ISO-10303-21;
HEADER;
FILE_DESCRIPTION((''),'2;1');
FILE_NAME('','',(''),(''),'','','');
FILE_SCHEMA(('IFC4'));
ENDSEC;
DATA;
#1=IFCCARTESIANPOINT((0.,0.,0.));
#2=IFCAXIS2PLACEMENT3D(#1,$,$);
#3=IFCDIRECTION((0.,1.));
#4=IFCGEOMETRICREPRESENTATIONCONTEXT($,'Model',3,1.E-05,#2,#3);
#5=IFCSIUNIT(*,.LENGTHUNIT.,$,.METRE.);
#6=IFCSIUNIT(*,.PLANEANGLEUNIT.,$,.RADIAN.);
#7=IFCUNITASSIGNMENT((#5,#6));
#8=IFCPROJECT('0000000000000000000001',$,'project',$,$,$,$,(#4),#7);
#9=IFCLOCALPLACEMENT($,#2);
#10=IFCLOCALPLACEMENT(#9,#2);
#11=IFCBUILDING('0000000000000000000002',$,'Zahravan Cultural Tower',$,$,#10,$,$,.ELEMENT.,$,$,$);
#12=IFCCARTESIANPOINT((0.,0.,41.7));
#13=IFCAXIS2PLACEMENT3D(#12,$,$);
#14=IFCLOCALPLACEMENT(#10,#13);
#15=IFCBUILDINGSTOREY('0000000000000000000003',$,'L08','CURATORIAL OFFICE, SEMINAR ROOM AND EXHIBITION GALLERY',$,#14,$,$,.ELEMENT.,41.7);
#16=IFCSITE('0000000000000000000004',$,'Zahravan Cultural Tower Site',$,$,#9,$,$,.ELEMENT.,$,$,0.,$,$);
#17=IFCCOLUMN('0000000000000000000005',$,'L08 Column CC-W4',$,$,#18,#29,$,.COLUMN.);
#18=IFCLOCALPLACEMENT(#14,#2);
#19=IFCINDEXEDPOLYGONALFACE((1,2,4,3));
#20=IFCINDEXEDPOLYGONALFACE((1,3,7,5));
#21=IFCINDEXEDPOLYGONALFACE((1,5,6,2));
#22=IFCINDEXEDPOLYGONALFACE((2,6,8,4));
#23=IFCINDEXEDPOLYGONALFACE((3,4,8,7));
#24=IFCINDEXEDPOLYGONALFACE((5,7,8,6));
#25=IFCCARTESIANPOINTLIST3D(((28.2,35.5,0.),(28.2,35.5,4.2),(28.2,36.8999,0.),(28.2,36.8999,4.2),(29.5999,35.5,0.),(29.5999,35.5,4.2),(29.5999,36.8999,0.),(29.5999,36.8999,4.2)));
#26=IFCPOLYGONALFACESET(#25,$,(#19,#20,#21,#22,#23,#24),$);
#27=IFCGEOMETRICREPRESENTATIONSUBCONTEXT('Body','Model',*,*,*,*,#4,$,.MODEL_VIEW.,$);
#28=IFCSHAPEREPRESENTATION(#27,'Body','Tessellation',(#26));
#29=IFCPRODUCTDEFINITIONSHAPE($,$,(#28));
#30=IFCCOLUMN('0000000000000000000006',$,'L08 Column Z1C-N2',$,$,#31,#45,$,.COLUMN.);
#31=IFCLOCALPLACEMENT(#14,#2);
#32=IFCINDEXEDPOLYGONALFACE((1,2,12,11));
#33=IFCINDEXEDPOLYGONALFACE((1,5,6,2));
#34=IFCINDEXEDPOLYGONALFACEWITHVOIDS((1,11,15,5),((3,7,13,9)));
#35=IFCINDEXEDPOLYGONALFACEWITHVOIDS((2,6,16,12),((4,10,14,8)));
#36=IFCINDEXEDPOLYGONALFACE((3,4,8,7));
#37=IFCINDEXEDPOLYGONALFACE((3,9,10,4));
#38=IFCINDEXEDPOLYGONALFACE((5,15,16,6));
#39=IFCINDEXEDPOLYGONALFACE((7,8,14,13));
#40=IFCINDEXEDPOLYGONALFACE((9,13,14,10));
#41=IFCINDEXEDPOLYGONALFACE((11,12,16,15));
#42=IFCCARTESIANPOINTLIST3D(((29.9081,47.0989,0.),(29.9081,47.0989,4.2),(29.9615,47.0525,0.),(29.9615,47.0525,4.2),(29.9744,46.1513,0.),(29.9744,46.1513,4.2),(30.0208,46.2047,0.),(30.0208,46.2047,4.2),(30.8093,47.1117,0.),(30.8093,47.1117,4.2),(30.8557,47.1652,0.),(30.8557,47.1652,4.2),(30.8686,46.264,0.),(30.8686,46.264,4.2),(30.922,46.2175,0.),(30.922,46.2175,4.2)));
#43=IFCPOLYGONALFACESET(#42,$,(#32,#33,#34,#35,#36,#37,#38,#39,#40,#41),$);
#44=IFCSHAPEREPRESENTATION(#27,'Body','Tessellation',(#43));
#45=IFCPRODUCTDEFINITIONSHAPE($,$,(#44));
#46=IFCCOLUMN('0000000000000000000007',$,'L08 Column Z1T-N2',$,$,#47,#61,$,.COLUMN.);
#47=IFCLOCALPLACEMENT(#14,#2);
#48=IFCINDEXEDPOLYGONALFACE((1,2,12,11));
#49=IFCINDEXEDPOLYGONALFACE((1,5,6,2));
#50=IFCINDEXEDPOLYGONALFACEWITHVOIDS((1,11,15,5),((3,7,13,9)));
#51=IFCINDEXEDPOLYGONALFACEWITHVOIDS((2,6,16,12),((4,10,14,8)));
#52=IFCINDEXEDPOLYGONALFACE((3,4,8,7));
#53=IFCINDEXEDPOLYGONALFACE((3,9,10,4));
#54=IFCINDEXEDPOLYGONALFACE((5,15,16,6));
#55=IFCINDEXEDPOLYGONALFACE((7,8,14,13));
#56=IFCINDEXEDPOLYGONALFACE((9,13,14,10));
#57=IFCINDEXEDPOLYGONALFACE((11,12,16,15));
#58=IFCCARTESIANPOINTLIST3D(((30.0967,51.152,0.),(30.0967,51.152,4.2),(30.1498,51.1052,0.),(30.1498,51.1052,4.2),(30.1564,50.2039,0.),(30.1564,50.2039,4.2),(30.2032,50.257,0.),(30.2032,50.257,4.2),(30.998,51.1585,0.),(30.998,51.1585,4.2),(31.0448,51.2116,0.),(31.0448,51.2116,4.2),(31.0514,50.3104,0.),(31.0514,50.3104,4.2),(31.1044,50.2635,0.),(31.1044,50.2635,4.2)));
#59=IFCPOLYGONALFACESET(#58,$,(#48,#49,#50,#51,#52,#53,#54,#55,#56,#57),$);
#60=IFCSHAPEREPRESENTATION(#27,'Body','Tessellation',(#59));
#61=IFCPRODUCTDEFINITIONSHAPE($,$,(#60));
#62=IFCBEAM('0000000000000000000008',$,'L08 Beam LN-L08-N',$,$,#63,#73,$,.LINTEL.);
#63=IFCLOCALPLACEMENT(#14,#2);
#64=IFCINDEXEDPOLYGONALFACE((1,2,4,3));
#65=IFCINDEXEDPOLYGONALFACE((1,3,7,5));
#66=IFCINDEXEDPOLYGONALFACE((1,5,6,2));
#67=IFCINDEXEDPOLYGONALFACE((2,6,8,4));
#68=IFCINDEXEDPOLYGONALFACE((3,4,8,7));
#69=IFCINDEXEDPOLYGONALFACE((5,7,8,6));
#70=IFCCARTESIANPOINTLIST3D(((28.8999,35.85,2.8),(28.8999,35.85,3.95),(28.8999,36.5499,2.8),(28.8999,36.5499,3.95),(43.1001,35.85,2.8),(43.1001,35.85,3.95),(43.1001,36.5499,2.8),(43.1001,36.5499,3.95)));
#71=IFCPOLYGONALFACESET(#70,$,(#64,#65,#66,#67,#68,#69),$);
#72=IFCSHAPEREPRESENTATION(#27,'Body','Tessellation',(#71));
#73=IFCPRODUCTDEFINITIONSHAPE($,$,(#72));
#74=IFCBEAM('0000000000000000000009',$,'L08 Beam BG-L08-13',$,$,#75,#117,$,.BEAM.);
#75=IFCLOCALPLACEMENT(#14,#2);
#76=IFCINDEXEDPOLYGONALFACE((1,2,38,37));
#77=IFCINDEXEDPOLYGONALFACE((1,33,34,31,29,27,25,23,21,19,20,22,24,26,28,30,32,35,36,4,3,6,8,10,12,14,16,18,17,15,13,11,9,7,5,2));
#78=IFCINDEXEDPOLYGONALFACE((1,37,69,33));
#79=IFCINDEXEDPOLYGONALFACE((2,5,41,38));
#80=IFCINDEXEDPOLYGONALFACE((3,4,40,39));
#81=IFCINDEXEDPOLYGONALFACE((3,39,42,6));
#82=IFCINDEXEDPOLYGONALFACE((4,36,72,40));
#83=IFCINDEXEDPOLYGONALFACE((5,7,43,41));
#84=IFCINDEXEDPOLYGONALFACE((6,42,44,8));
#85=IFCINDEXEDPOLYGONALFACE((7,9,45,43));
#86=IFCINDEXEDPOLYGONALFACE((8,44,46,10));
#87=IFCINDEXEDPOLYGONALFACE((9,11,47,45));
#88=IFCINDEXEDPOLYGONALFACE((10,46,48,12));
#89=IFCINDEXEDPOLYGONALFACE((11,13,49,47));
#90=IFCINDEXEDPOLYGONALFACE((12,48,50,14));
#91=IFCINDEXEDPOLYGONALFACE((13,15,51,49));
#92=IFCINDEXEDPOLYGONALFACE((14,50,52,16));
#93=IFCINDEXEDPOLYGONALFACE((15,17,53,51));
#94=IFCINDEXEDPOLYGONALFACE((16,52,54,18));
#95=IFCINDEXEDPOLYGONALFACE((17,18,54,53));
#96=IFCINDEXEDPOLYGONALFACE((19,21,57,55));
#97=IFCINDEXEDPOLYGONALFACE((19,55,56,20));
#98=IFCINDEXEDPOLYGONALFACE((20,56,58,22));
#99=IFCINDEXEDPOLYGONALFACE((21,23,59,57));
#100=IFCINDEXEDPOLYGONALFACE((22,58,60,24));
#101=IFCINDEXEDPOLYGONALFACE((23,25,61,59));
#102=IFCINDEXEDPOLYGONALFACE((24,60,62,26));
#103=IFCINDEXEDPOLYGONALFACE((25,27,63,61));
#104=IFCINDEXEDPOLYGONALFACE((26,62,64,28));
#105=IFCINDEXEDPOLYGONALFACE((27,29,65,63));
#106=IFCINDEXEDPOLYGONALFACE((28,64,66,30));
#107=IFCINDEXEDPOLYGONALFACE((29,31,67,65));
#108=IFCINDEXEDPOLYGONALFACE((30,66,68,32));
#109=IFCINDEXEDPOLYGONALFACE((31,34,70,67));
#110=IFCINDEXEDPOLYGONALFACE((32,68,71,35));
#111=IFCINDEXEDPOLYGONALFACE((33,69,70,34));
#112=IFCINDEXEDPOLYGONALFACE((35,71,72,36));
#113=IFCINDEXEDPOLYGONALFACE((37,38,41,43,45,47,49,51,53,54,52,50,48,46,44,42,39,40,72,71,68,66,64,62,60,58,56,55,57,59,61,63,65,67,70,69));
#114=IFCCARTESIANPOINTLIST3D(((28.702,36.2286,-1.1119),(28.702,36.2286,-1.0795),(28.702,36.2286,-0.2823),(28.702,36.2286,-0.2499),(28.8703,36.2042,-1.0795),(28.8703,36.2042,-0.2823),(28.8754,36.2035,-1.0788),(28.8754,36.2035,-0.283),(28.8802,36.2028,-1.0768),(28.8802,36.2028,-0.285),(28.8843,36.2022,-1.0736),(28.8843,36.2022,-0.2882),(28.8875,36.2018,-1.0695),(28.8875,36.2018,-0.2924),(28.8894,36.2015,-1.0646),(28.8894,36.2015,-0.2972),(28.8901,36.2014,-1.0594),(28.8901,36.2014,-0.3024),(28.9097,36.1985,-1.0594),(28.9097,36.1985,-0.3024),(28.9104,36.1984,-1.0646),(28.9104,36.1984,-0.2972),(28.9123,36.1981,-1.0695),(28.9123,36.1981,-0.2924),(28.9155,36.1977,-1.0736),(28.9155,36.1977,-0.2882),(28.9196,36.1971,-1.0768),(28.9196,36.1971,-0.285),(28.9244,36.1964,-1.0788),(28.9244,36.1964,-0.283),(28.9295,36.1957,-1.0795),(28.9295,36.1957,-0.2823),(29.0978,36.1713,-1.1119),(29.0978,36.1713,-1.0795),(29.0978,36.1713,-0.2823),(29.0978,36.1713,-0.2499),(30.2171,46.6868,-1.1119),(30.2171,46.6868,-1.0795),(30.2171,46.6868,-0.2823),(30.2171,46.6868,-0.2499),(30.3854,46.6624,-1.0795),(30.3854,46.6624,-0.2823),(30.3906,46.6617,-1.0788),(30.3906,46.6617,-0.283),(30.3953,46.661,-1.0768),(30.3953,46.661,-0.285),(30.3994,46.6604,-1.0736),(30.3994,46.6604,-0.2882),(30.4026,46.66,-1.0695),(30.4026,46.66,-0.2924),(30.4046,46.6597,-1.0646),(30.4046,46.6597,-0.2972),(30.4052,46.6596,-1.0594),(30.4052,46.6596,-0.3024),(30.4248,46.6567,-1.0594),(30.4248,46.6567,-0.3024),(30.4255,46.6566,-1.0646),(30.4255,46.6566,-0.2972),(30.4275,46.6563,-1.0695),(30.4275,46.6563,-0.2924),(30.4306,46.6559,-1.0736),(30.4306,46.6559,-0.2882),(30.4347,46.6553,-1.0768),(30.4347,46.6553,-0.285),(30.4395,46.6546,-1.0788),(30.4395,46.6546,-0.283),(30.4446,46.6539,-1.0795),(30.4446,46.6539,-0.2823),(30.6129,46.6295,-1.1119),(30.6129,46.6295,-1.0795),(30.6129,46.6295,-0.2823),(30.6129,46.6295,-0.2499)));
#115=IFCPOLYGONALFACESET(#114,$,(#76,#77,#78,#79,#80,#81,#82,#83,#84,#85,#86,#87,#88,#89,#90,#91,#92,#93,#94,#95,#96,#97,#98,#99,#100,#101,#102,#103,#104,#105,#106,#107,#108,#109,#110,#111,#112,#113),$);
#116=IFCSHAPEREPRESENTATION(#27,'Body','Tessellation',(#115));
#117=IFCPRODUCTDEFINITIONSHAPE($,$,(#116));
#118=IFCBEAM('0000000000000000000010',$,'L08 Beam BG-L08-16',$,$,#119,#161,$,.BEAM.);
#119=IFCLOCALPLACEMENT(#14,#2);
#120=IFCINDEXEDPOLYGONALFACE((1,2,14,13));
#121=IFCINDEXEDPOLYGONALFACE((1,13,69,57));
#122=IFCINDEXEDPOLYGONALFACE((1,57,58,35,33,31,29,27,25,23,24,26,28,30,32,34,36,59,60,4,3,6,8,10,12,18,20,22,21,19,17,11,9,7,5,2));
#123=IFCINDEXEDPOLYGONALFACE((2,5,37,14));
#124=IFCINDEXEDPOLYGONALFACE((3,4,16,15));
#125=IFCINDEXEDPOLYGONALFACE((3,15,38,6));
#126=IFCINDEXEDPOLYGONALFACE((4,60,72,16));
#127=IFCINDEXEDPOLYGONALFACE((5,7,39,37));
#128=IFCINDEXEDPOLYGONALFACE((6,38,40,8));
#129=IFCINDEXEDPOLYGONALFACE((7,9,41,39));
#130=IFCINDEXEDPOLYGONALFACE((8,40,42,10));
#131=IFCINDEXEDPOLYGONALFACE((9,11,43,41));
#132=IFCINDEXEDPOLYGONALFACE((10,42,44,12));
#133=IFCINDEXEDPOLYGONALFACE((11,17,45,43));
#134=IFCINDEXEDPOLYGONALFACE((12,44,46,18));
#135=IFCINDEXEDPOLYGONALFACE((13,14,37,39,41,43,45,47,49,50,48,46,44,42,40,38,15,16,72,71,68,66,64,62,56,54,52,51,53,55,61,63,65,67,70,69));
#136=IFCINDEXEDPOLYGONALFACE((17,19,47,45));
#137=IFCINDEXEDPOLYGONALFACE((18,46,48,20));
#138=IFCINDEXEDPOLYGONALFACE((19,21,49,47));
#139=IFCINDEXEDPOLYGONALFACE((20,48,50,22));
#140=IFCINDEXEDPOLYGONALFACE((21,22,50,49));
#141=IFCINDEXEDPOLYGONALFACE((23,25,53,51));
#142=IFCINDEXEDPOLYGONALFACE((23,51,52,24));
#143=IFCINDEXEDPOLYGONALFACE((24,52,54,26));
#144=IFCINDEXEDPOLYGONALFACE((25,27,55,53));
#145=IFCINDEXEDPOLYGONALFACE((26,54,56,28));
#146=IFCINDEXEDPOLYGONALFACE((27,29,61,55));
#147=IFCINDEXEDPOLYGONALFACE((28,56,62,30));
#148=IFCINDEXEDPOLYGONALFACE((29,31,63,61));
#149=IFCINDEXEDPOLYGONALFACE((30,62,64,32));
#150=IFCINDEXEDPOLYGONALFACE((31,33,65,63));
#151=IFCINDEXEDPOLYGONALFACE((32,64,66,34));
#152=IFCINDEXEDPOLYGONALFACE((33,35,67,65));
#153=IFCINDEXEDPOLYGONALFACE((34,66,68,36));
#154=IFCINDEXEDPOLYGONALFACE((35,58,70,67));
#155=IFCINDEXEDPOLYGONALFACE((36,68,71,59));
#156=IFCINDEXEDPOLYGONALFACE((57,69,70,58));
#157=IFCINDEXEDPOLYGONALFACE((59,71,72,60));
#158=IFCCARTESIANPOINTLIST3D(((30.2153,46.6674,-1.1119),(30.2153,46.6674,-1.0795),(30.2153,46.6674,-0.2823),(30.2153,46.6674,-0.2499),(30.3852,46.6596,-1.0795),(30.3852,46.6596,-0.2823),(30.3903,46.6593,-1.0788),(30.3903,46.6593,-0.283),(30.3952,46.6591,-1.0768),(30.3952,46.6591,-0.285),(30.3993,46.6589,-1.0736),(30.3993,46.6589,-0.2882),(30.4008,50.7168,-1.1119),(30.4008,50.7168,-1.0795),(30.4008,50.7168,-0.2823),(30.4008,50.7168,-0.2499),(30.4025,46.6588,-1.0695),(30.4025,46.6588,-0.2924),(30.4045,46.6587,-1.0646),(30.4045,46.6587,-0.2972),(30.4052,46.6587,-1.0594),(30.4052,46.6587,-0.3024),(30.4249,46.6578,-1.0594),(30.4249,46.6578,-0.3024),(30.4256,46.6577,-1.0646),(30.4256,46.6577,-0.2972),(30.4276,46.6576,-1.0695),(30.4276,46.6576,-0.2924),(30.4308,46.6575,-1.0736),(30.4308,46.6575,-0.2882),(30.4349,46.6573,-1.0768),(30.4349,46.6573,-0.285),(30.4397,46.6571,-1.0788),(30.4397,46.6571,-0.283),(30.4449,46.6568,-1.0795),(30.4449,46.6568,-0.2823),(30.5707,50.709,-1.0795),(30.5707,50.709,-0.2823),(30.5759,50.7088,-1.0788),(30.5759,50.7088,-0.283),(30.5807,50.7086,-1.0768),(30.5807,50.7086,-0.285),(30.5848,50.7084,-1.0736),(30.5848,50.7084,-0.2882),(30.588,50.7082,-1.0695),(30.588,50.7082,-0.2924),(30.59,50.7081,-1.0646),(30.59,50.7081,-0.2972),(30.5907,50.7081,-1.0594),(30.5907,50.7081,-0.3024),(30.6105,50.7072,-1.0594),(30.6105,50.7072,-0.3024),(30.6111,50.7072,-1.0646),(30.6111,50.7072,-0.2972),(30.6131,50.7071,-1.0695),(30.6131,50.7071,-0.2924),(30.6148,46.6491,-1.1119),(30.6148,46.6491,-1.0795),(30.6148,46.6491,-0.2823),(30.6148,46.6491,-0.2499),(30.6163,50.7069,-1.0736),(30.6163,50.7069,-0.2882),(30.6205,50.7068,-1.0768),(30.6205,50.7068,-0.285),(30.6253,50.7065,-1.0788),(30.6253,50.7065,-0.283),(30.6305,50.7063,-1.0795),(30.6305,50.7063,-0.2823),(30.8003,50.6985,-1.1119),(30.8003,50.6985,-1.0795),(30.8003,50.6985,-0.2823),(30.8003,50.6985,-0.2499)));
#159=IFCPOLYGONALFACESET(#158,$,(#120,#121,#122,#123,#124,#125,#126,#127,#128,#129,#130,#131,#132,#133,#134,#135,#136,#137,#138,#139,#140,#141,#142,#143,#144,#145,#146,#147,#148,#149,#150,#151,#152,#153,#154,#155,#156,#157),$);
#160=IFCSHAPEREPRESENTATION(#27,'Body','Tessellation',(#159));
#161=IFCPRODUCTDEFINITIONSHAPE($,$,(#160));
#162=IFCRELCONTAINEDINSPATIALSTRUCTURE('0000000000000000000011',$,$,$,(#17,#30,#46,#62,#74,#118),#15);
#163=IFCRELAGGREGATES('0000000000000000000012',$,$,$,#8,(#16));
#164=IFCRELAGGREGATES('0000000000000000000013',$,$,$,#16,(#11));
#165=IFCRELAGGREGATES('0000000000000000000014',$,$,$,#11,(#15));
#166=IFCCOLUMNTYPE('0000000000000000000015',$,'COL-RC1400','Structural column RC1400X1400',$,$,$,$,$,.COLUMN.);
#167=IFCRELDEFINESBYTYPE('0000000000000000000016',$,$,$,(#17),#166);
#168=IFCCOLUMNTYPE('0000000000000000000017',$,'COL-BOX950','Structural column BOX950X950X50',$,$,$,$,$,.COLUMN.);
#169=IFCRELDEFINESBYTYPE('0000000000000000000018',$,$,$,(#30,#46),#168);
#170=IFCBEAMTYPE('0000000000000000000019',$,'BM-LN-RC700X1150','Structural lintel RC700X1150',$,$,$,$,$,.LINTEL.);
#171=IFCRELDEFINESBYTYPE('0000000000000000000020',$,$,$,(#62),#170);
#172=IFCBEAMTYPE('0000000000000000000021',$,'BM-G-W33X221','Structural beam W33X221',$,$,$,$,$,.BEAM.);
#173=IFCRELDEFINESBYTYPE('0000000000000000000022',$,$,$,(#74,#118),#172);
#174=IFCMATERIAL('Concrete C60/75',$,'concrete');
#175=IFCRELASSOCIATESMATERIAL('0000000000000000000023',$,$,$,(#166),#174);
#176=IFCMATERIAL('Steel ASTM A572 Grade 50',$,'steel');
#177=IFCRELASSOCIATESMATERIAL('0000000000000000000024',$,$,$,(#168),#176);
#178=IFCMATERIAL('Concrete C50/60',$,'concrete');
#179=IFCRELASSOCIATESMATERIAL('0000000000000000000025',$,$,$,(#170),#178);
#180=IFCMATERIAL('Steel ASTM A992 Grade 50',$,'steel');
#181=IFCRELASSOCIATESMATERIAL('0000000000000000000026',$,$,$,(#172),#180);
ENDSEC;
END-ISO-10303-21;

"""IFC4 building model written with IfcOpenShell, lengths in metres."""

from ifc_helpers import new_model, si_unit, direction, frame, origin, origin_2d, place, context, subcontext, project, spatial, rectangle, hollow_rectangle, i_section, extrude, source, transform, mapped, material, material_profile, profile_set, type_object, element, save


model = new_model("IFC4")

# Units and contexts
model_context = context("Model", 3, precision=1e-05, world=origin(), true_north=direction((0.0, 1.0)))
body_context = subcontext(model_context, "Body", "Model", "MODEL_VIEW")
ifc_project = project(units=[si_unit("LENGTHUNIT", "METRE"), si_unit("PLANEANGLEUNIT", "RADIAN")], contexts=[model_context])

# Site, building, storey
site_placement = place(None, origin())
site = spatial("IfcSite", under=ifc_project, at=site_placement, Name="Zahravan Cultural Tower Site", CompositionType="ELEMENT", RefElevation=0.0)
building_placement = place(site_placement, origin())
building = spatial("IfcBuilding", under=site, at=building_placement, Name="Zahravan Cultural Tower", CompositionType="ELEMENT")
storey_placement = place(building_placement, frame((0.0, 0.0, 41.7)))
storey = spatial("IfcBuildingStorey", under=building, at=storey_placement, Name="L08", Description="CURATORIAL OFFICE, SEMINAR ROOM AND EXHIBITION GALLERY", CompositionType="ELEMENT", Elevation=41.7)

# Columns
ifc_material_1 = material(Name="Concrete C60/75", Category="concrete")
ifc_material_profile_1 = material_profile(ifc_material_1, rectangle(XDim=1.3999, YDim=1.3999, at=origin_2d()), Name="RC1400X1400")
ifc_profile_set_1 = profile_set([ifc_material_profile_1], Name="Concrete C60/75")
column_type_1 = type_object("IfcColumnType", Name="COL-RC1400", Description="Structural column RC1400X1400", PredefinedType="COLUMN", material=ifc_profile_set_1)
shared_shape_1 = source(origin(), body_context, "Body", "SweptSolid", [
    extrude(rectangle(XDim=1.3999, YDim=1.3999, at=origin_2d()), origin(), (0.0, 0.0, 1.0), 4.2),
])
column_placement = place(storey_placement, frame((28.8999, 36.2, 0.0), z_axis=(0.0, 0.0, 1.0), x_axis=(1.0, 0.0, 0.0)))
element("IfcColumn", 1, at=column_placement, inside=storey, type_object=column_type_1, Name="L08 Column CC-W4", PredefinedType="COLUMN", context=body_context, shape_type="MappedRepresentation", body=[
    mapped(shared_shape_1, transform((0.0, 0.0, 0.0), x_axis=(1.0, 0.0, 0.0), y_axis=(0.0, 1.0, 0.0), z_axis=(0.0, 0.0, 1.0), scale=1.0)),
])
ifc_material_2 = material(Name="Steel ASTM A572 Grade 50", Category="steel")
ifc_material_profile_2 = material_profile(ifc_material_2, hollow_rectangle(XDim=0.95, YDim=0.95, WallThickness=0.05, at=origin_2d()), Name="BOX950X950X50")
ifc_profile_set_2 = profile_set([ifc_material_profile_2], Name="Steel ASTM A572 Grade 50")
column_type_2 = type_object("IfcColumnType", Name="COL-BOX950", Description="Structural column BOX950X950X50", PredefinedType="COLUMN", material=ifc_profile_set_2)
shared_shape_2 = source(origin(), body_context, "Body", "SweptSolid", [
    extrude(hollow_rectangle(XDim=0.95, YDim=0.95, WallThickness=0.05, at=origin_2d()), origin(), (0.0, 0.0, 1.0), 4.2),
])
for number, where, z_axis, x_axis, name in (
    (2, (30.415, 46.6582, 0.0), (0.0, 0.0, 1.0), (-0.069756, 0.997564, 0.0), "L08 Column Z1C-N2"),
    (3, (30.6006, 50.7078, 0.0), (0.0, 0.0, 1.0), (-0.062791, 0.998027, 0.0), "L08 Column Z1T-N2"),
):
    element("IfcColumn", number, at=place(storey_placement, frame(where, z_axis=z_axis, x_axis=x_axis)), inside=storey, type_object=column_type_2, Name=name, PredefinedType="COLUMN", context=body_context, shape_type="MappedRepresentation", body=[
        mapped(shared_shape_2, transform((0.0, 0.0, 0.0), x_axis=(1.0, 0.0, 0.0), y_axis=(0.0, 1.0, 0.0), z_axis=(0.0, 0.0, 1.0), scale=1.0)),
    ])

# Beams
ifc_material_3 = material(Name="Concrete C50/60", Category="concrete")
ifc_material_profile_3 = material_profile(ifc_material_3, rectangle(XDim=0.7, YDim=1.1499, at=origin_2d()), Name="RC700X1150")
ifc_profile_set_3 = profile_set([ifc_material_profile_3], Name="Concrete C50/60")
beam_type_1 = type_object("IfcBeamType", Name="BM-LN-RC700X1150", Description="Structural lintel RC700X1150", PredefinedType="LINTEL", material=ifc_profile_set_3)
shared_shape_3 = source(origin(), body_context, "Body", "SweptSolid", [
    extrude(rectangle(XDim=0.7, YDim=1.1499, at=origin_2d()), origin(), (0.0, 0.0, 1.0), 14.2002),
])
beam_1_placement = place(storey_placement, frame((28.8999, 36.2, 3.375), z_axis=(1.0, 0.0, 0.0), x_axis=(0.0, 1.0, 0.0)))
element("IfcBeam", 4, at=beam_1_placement, inside=storey, type_object=beam_type_1, Name="L08 Beam LN-L08-N", PredefinedType="LINTEL", context=body_context, shape_type="MappedRepresentation", body=[
    mapped(shared_shape_3, transform((0.0, 0.0, 0.0), x_axis=(1.0, 0.0, 0.0), y_axis=(0.0, 1.0, 0.0), z_axis=(0.0, 0.0, 1.0), scale=1.0)),
])
ifc_material_4 = material(Name="Steel ASTM A992 Grade 50", Category="steel")
ifc_material_profile_4 = material_profile(ifc_material_4, i_section(OverallWidth=0.3999, OverallDepth=0.8621, WebThickness=0.0198, FlangeThickness=0.0325, FilletRadius=0.02, at=origin_2d()), Name="W33X221")
ifc_profile_set_4 = profile_set([ifc_material_profile_4], Name="Steel ASTM A992 Grade 50")
beam_type_2 = type_object("IfcBeamType", Name="BM-G-W33X221", Description="Structural beam W33X221", PredefinedType="BEAM", material=ifc_profile_set_4)
shared_shape_4 = source(origin(), body_context, "Body", "SweptSolid", [
    extrude(i_section(OverallWidth=0.3999, OverallDepth=0.8621, WebThickness=0.0198, FlangeThickness=0.0325, FilletRadius=0.02, at=origin_2d()), origin(), (0.0, 0.0, 1.0), 10.5674),
])
beam_2_placement = place(storey_placement, frame((28.8999, 36.2, -0.6809), z_axis=(0.143378, 0.989668, 0.0), x_axis=(-0.989668, 0.143378, 0.0)))
element("IfcBeam", 5, at=beam_2_placement, inside=storey, type_object=beam_type_2, Name="L08 Beam BG-L08-13", PredefinedType="BEAM", context=body_context, shape_type="MappedRepresentation", body=[
    mapped(shared_shape_4, transform((0.0, 0.0, 0.0), x_axis=(1.0, 0.0, 0.0), y_axis=(0.0, 1.0, 0.0), z_axis=(0.0, 0.0, 1.0), scale=1.0)),
])
shared_shape_5 = source(origin(), body_context, "Body", "SweptSolid", [
    extrude(i_section(OverallWidth=0.3999, OverallDepth=0.8621, WebThickness=0.0198, FlangeThickness=0.0325, FilletRadius=0.02, at=origin_2d()), origin(), (0.0, 0.0, 1.0), 4.0537),
])
beam_3_placement = place(storey_placement, frame((30.415, 46.6582, -0.6809), z_axis=(0.045771, 0.998952, 0.0), x_axis=(-0.998952, 0.045771, 0.0)))
element("IfcBeam", 6, at=beam_3_placement, inside=storey, type_object=beam_type_2, Name="L08 Beam BG-L08-16", PredefinedType="BEAM", context=body_context, shape_type="MappedRepresentation", body=[
    mapped(shared_shape_5, transform((0.0, 0.0, 0.0), x_axis=(1.0, 0.0, 0.0), y_axis=(0.0, 1.0, 0.0), z_axis=(0.0, 0.0, 1.0), scale=1.0)),
])

save(model, "model.ifc")
